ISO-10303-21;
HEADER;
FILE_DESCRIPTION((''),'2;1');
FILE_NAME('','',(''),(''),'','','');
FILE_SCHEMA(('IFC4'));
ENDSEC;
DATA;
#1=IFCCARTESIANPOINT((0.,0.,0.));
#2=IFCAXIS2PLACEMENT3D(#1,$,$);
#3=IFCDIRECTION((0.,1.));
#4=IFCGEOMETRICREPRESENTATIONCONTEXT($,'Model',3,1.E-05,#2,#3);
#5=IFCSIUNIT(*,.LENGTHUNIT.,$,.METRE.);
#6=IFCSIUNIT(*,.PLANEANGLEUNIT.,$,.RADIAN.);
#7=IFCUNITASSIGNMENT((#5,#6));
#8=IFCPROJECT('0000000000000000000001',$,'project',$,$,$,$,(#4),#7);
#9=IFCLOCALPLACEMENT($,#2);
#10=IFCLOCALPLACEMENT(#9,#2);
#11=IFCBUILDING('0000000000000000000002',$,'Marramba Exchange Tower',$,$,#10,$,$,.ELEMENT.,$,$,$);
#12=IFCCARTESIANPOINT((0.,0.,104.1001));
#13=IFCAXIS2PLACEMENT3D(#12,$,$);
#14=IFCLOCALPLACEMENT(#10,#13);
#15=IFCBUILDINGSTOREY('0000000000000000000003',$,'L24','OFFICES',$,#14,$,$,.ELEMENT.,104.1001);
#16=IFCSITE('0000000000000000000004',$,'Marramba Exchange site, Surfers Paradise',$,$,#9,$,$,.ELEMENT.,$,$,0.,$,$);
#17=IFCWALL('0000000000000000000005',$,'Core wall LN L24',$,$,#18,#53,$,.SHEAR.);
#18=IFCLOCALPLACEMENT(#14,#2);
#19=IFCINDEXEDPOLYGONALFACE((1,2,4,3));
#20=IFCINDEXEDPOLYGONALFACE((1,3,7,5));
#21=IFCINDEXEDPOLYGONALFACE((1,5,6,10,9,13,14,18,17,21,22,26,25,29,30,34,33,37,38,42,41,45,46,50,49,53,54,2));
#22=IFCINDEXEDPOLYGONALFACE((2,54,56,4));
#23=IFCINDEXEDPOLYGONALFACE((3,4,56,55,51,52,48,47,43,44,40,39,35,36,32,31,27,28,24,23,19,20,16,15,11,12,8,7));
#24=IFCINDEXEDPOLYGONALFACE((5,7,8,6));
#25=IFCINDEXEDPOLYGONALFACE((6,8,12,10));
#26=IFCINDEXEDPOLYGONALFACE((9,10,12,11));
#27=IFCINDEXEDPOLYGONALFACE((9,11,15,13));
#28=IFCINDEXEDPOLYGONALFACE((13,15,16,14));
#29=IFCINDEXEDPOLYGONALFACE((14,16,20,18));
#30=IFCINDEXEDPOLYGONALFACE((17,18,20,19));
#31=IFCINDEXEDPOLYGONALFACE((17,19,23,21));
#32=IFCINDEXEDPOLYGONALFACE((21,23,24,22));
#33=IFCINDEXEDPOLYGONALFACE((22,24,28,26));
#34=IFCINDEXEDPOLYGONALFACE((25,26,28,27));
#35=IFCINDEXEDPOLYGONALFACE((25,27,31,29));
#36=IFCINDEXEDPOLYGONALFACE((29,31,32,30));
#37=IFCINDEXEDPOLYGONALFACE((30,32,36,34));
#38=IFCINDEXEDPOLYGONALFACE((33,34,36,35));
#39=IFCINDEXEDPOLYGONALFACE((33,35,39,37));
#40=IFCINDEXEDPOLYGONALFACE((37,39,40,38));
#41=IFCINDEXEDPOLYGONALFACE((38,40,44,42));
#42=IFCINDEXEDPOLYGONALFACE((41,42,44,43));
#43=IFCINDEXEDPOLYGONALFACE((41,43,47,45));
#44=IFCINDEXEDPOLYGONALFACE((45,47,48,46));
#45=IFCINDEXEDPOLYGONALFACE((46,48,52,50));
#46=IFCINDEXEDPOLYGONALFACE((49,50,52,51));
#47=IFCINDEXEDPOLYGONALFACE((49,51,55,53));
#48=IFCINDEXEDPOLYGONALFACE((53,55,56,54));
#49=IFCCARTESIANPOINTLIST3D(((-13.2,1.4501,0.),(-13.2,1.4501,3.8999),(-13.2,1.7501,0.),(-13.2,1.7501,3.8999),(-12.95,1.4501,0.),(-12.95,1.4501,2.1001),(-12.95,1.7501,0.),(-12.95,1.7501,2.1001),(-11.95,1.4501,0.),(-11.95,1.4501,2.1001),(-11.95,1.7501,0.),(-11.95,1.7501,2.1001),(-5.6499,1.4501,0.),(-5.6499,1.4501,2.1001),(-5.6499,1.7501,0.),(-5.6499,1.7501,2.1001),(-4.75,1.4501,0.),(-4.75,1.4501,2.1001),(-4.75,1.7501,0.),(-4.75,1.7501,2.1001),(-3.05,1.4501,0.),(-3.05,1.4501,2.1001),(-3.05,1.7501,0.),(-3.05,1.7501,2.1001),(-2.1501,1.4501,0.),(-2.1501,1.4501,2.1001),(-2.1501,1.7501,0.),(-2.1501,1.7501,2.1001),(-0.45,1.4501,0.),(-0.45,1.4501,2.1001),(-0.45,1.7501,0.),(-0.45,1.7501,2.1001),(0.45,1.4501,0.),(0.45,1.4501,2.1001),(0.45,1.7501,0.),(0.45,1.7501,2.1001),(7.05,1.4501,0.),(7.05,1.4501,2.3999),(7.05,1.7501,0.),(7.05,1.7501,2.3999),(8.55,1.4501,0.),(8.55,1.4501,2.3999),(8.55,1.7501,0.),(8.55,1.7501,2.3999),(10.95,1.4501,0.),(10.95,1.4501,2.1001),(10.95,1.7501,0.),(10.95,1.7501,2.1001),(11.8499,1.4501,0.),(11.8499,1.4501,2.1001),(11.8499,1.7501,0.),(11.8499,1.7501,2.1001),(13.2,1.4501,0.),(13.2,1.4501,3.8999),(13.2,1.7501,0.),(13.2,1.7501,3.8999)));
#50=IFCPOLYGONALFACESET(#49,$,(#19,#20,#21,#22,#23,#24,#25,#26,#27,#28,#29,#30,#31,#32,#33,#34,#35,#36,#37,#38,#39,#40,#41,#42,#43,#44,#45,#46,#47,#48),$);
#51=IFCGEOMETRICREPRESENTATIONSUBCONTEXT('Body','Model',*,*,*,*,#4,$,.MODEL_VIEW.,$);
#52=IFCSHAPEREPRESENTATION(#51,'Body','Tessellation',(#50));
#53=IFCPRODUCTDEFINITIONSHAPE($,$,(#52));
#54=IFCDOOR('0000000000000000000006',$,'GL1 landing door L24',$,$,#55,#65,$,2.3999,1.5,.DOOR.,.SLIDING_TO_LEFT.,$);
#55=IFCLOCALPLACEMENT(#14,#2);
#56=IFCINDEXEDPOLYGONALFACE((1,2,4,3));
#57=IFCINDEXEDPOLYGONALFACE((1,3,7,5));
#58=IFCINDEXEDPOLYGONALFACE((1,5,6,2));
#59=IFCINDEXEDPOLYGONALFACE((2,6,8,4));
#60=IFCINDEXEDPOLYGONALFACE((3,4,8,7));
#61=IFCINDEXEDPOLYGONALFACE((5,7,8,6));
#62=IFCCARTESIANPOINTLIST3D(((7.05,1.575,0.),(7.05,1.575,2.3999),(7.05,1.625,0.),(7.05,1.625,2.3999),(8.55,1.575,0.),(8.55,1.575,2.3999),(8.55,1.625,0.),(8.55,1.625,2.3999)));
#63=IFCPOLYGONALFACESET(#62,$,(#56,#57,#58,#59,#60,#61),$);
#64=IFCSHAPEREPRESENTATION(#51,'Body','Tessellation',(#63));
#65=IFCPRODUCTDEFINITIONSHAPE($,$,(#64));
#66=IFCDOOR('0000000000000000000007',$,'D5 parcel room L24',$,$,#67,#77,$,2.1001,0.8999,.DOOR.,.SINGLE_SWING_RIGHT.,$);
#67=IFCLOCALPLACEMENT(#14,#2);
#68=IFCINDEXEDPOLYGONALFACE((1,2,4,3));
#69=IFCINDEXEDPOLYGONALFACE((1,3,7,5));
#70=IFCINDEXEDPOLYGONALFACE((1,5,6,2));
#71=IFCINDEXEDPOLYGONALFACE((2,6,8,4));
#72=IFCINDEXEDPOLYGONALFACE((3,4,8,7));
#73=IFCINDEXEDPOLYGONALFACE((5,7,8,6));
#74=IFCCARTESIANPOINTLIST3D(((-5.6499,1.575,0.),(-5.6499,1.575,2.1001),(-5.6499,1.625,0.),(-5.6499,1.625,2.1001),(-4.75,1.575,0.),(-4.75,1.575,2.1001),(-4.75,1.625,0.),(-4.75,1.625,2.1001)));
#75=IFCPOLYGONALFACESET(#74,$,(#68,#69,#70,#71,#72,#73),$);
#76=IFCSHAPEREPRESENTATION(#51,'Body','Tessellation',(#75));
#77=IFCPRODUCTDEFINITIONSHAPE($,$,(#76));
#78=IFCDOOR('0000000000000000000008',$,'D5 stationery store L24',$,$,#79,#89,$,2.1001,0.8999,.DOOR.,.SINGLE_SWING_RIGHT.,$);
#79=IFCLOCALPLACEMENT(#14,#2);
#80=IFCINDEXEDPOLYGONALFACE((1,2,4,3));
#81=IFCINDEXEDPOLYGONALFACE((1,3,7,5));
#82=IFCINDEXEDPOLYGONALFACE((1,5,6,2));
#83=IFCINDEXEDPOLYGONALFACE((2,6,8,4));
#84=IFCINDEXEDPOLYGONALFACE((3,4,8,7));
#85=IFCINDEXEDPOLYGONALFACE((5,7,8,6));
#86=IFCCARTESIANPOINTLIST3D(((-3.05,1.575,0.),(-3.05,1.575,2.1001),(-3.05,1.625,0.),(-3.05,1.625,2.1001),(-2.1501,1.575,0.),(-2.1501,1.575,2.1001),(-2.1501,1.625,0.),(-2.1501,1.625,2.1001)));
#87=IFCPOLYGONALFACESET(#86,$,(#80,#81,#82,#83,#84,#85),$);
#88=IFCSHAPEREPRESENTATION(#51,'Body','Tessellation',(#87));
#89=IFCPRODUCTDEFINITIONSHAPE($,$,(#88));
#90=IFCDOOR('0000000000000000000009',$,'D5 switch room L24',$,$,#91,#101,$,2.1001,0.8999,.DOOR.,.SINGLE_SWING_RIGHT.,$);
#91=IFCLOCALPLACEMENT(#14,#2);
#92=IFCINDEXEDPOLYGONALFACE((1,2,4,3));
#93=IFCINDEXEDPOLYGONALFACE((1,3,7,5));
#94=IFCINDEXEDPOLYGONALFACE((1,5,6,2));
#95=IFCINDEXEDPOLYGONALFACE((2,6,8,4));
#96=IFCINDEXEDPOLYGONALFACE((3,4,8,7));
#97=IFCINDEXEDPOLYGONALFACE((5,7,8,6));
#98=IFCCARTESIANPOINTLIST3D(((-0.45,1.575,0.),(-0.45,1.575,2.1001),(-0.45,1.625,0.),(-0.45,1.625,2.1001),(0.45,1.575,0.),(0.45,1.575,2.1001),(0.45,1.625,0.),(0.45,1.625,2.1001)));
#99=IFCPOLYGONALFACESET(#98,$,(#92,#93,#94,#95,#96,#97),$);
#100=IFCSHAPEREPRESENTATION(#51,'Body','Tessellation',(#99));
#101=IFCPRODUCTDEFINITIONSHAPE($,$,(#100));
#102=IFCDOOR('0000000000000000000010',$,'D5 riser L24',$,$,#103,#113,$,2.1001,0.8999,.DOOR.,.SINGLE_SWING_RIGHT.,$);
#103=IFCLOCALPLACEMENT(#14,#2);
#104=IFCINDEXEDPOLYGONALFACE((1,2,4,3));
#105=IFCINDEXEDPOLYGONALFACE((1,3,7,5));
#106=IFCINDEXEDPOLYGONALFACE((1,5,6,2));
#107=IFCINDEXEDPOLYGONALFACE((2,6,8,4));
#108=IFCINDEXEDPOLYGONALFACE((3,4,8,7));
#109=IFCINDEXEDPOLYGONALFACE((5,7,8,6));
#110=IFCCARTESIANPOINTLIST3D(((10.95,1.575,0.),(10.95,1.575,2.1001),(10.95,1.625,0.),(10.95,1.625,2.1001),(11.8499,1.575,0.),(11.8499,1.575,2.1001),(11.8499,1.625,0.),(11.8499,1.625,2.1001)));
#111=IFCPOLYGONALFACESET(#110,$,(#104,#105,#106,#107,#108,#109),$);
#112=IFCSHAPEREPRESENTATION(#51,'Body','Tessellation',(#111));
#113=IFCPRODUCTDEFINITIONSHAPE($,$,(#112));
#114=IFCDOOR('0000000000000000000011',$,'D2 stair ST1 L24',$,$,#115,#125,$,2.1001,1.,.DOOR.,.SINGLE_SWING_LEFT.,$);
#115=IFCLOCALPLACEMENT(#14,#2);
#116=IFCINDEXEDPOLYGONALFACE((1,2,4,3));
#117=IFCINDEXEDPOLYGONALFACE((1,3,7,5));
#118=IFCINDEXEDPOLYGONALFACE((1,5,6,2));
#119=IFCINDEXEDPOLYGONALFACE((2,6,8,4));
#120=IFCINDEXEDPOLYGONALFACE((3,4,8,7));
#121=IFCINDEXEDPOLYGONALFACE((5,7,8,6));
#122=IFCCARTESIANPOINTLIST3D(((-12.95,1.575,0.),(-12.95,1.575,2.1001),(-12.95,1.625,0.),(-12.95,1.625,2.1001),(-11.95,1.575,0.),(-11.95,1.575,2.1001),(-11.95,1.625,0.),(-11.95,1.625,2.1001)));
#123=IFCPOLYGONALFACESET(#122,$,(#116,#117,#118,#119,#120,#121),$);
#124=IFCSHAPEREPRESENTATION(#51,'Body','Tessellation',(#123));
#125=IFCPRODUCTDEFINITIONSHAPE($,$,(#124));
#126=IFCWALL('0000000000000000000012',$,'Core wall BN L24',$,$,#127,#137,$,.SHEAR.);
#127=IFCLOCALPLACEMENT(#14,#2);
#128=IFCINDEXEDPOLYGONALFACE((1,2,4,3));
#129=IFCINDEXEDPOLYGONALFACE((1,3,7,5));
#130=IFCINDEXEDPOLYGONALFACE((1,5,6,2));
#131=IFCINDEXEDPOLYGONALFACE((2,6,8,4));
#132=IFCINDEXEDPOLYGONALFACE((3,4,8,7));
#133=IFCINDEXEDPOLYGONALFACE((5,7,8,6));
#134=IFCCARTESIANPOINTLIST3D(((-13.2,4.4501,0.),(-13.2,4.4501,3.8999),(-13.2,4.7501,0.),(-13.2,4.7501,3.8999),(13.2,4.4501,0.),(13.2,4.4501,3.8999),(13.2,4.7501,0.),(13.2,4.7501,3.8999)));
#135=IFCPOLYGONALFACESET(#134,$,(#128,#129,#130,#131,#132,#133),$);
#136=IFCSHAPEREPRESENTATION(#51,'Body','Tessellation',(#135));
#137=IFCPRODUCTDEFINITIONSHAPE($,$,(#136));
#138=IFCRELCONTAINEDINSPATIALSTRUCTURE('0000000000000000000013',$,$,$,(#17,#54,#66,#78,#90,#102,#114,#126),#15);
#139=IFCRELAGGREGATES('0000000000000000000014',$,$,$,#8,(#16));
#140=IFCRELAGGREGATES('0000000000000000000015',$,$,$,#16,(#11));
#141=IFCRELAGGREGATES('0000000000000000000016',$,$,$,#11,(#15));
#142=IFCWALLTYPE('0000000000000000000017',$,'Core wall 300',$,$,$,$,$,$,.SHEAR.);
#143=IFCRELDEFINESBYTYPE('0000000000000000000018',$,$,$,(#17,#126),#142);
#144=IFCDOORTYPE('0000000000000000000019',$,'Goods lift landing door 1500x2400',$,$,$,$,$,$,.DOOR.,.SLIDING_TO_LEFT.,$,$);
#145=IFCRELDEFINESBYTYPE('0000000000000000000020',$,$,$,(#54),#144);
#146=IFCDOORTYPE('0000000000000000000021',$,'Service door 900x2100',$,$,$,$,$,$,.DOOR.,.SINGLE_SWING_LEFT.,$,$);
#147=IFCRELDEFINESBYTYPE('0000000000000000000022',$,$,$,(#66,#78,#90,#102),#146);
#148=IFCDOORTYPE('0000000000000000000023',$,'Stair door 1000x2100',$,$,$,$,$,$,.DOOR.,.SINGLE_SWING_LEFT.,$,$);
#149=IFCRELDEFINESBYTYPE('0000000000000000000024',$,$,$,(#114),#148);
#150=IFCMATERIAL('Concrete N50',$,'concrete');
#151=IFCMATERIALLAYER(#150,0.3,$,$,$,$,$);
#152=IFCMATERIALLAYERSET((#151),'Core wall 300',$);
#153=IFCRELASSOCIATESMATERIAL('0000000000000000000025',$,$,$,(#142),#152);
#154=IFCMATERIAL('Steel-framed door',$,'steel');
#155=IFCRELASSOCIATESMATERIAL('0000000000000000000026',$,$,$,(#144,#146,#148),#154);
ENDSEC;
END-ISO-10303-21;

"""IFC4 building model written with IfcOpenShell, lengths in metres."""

from ifc_helpers import new_model, si_unit, direction, frame, frame_2d, origin, place, context, subcontext, project, spatial, rectangle, extrude, material, layer, layer_set, type_object, element, fill, save


model = new_model("IFC4")

# Units and contexts
model_context = context("Model", 3, precision=1e-05, world=origin(), true_north=direction((0.0, 1.0)))
body_context = subcontext(model_context, "Body", "Model", "MODEL_VIEW")
ifc_project = project(units=[si_unit("LENGTHUNIT", "METRE"), si_unit("PLANEANGLEUNIT", "RADIAN")], contexts=[model_context])

# Site, building, storey
site_placement = place(None, origin())
site = spatial("IfcSite", under=ifc_project, at=site_placement, Name="Marramba Exchange site, Surfers Paradise", CompositionType="ELEMENT", RefElevation=0.0)
building_placement = place(site_placement, origin())
building = spatial("IfcBuilding", under=site, at=building_placement, Name="Marramba Exchange Tower", CompositionType="ELEMENT")
storey_placement = place(building_placement, frame((0.0, 0.0, 104.1001)))
storey = spatial("IfcBuildingStorey", under=building, at=storey_placement, Name="L24", Description="OFFICES", CompositionType="ELEMENT", Elevation=104.1001)

# Shared definitions
ifc_material_1 = material(Name="Concrete N50", Category="concrete")

# Wall, openings, doors
ifc_layer_1 = layer(ifc_material_1, 0.3)
ifc_layer_set_1 = layer_set([ifc_layer_1], Name="Core wall 300")
wall_type_1 = type_object("IfcWallType", Name="Core wall 300", PredefinedType="SHEAR", material=ifc_layer_set_1)
wall_1_placement = place(storey_placement, frame((-13.2, 1.6001, 0.0), z_axis=(0.0, 0.0, 1.0), x_axis=(1.0, 0.0, 0.0)))
wall_1 = element("IfcWall", 1, at=wall_1_placement, inside=storey, type_object=wall_type_1, Name="Core wall LN L24", PredefinedType="SHEAR", context=body_context, shape_type="SweptSolid", body=[
    extrude(rectangle(XDim=26.3999, YDim=0.3, at=frame_2d((13.2, 0.0))), origin(), (0.0, 0.0, 1.0), 3.8999),
])
opening_1_placement = place(wall_1_placement, frame((0.25, 0.0, 0.0)))
opening_1 = element("IfcOpeningElement", 2, at=opening_1_placement, cuts=wall_1, PredefinedType="OPENING", context=body_context, shape_type="SweptSolid", body=[
    extrude(rectangle(XDim=1.0, YDim=2.1001, at=frame_2d((0.5, 1.05))), frame((0.0, 0.1599, 0.0), z_axis=(0.0, -1.0, 0.0), x_axis=(1.0, 0.0, 0.0)), (0.0, 0.0, 1.0), 0.3201),
])
opening_2_placement = place(wall_1_placement, frame((20.25, 0.0, 0.0)))
opening_2 = element("IfcOpeningElement", 3, at=opening_2_placement, cuts=wall_1, PredefinedType="OPENING", context=body_context, shape_type="SweptSolid", body=[
    extrude(rectangle(XDim=1.5, YDim=2.3999, at=frame_2d((0.75, 1.2))), frame((0.0, 0.1599, 0.0), z_axis=(0.0, -1.0, 0.0), x_axis=(1.0, 0.0, 0.0)), (0.0, 0.0, 1.0), 0.3201),
])
opening_3_placement = place(wall_1_placement, frame((7.55, 0.0, 0.0)))
opening_3 = element("IfcOpeningElement", 4, at=opening_3_placement, cuts=wall_1, PredefinedType="OPENING", context=body_context, shape_type="SweptSolid", body=[
    extrude(rectangle(XDim=0.8999, YDim=2.1001, at=frame_2d((0.45, 1.05))), frame((0.0, 0.1599, 0.0), z_axis=(0.0, -1.0, 0.0), x_axis=(1.0, 0.0, 0.0)), (0.0, 0.0, 1.0), 0.3201),
])
opening_4_placement = place(wall_1_placement, frame((10.1499, 0.0, 0.0)))
opening_4 = element("IfcOpeningElement", 5, at=opening_4_placement, cuts=wall_1, PredefinedType="OPENING", context=body_context, shape_type="SweptSolid", body=[
    extrude(rectangle(XDim=0.8999, YDim=2.1001, at=frame_2d((0.45, 1.05))), frame((0.0, 0.1599, 0.0), z_axis=(0.0, -1.0, 0.0), x_axis=(1.0, 0.0, 0.0)), (0.0, 0.0, 1.0), 0.3201),
])
opening_5_placement = place(wall_1_placement, frame((12.75, 0.0, 0.0)))
opening_5 = element("IfcOpeningElement", 6, at=opening_5_placement, cuts=wall_1, PredefinedType="OPENING", context=body_context, shape_type="SweptSolid", body=[
    extrude(rectangle(XDim=0.8999, YDim=2.1001, at=frame_2d((0.45, 1.05))), frame((0.0, 0.1599, 0.0), z_axis=(0.0, -1.0, 0.0), x_axis=(1.0, 0.0, 0.0)), (0.0, 0.0, 1.0), 0.3201),
])
opening_6_placement = place(wall_1_placement, frame((24.1499, 0.0, 0.0)))
opening_6 = element("IfcOpeningElement", 7, at=opening_6_placement, cuts=wall_1, PredefinedType="OPENING", context=body_context, shape_type="SweptSolid", body=[
    extrude(rectangle(XDim=0.8999, YDim=2.1001, at=frame_2d((0.45, 1.05))), frame((0.0, 0.1599, 0.0), z_axis=(0.0, -1.0, 0.0), x_axis=(1.0, 0.0, 0.0)), (0.0, 0.0, 1.0), 0.3201),
])
ifc_material_2 = material(Name="Steel-framed door", Category="steel")
door_type_1 = type_object("IfcDoorType", Name="Goods lift landing door 1500x2400", OperationType="SLIDING_TO_LEFT", PredefinedType="DOOR", material=ifc_material_2)
door_1_placement = place(opening_2_placement, origin())
door_1 = element("IfcDoor", 8, at=door_1_placement, inside=storey, type_object=door_type_1, Name="GL1 landing door L24", OperationType="SLIDING_TO_LEFT", OverallHeight=2.3999, OverallWidth=1.5, PredefinedType="DOOR", context=body_context, shape_type="SweptSolid", body=[
    extrude(rectangle(XDim=1.5, YDim=2.3999, at=frame_2d((0.75, 1.2))), frame((0.0, 0.0249, 0.0), z_axis=(0.0, -1.0, 0.0), x_axis=(1.0, 0.0, 0.0)), (0.0, 0.0, 1.0), 0.05),
])
fill(opening_2, door_1)
door_type_2 = type_object("IfcDoorType", Name="Service door 900x2100", OperationType="SINGLE_SWING_LEFT", PredefinedType="DOOR", material=ifc_material_2)
door_2_placement = place(opening_3_placement, origin())
door_2 = element("IfcDoor", 9, at=door_2_placement, inside=storey, type_object=door_type_2, Name="D5 parcel room L24", OperationType="SINGLE_SWING_RIGHT", OverallHeight=2.1001, OverallWidth=0.8999, PredefinedType="DOOR", context=body_context, shape_type="SweptSolid", body=[
    extrude(rectangle(XDim=0.8999, YDim=2.1001, at=frame_2d((0.45, 1.05))), frame((0.0, 0.0249, 0.0), z_axis=(0.0, -1.0, 0.0), x_axis=(1.0, 0.0, 0.0)), (0.0, 0.0, 1.0), 0.05),
])
fill(opening_3, door_2)
door_3_placement = place(opening_4_placement, origin())
door_3 = element("IfcDoor", 10, at=door_3_placement, inside=storey, type_object=door_type_2, Name="D5 stationery store L24", OperationType="SINGLE_SWING_RIGHT", OverallHeight=2.1001, OverallWidth=0.8999, PredefinedType="DOOR", context=body_context, shape_type="SweptSolid", body=[
    extrude(rectangle(XDim=0.8999, YDim=2.1001, at=frame_2d((0.45, 1.05))), frame((0.0, 0.0249, 0.0), z_axis=(0.0, -1.0, 0.0), x_axis=(1.0, 0.0, 0.0)), (0.0, 0.0, 1.0), 0.05),
])
fill(opening_4, door_3)
door_4_placement = place(opening_5_placement, origin())
door_4 = element("IfcDoor", 11, at=door_4_placement, inside=storey, type_object=door_type_2, Name="D5 switch room L24", OperationType="SINGLE_SWING_RIGHT", OverallHeight=2.1001, OverallWidth=0.8999, PredefinedType="DOOR", context=body_context, shape_type="SweptSolid", body=[
    extrude(rectangle(XDim=0.8999, YDim=2.1001, at=frame_2d((0.45, 1.05))), frame((0.0, 0.0249, 0.0), z_axis=(0.0, -1.0, 0.0), x_axis=(1.0, 0.0, 0.0)), (0.0, 0.0, 1.0), 0.05),
])
fill(opening_5, door_4)
door_5_placement = place(opening_6_placement, origin())
door_5 = element("IfcDoor", 12, at=door_5_placement, inside=storey, type_object=door_type_2, Name="D5 riser L24", OperationType="SINGLE_SWING_RIGHT", OverallHeight=2.1001, OverallWidth=0.8999, PredefinedType="DOOR", context=body_context, shape_type="SweptSolid", body=[
    extrude(rectangle(XDim=0.8999, YDim=2.1001, at=frame_2d((0.45, 1.05))), frame((0.0, 0.0249, 0.0), z_axis=(0.0, -1.0, 0.0), x_axis=(1.0, 0.0, 0.0)), (0.0, 0.0, 1.0), 0.05),
])
fill(opening_6, door_5)
door_type_3 = type_object("IfcDoorType", Name="Stair door 1000x2100", OperationType="SINGLE_SWING_LEFT", PredefinedType="DOOR", material=ifc_material_2)
door_6_placement = place(opening_1_placement, origin())
door_6 = element("IfcDoor", 13, at=door_6_placement, inside=storey, type_object=door_type_3, Name="D2 stair ST1 L24", OperationType="SINGLE_SWING_LEFT", OverallHeight=2.1001, OverallWidth=1.0, PredefinedType="DOOR", context=body_context, shape_type="SweptSolid", body=[
    extrude(rectangle(XDim=1.0, YDim=2.1001, at=frame_2d((0.5, 1.05))), frame((0.0, 0.0249, 0.0), z_axis=(0.0, -1.0, 0.0), x_axis=(1.0, 0.0, 0.0)), (0.0, 0.0, 1.0), 0.05),
])
fill(opening_1, door_6)

# Wall
wall_2_placement = place(storey_placement, frame((-13.2, 4.6001, 0.0), z_axis=(0.0, 0.0, 1.0), x_axis=(1.0, 0.0, 0.0)))
element("IfcWall", 14, at=wall_2_placement, inside=storey, type_object=wall_type_1, Name="Core wall BN L24", PredefinedType="SHEAR", context=body_context, shape_type="SweptSolid", body=[
    extrude(rectangle(XDim=26.3999, YDim=0.3, at=frame_2d((13.2, 0.0))), origin(), (0.0, 0.0, 1.0), 3.8999),
])

save(model, "model.ifc")
